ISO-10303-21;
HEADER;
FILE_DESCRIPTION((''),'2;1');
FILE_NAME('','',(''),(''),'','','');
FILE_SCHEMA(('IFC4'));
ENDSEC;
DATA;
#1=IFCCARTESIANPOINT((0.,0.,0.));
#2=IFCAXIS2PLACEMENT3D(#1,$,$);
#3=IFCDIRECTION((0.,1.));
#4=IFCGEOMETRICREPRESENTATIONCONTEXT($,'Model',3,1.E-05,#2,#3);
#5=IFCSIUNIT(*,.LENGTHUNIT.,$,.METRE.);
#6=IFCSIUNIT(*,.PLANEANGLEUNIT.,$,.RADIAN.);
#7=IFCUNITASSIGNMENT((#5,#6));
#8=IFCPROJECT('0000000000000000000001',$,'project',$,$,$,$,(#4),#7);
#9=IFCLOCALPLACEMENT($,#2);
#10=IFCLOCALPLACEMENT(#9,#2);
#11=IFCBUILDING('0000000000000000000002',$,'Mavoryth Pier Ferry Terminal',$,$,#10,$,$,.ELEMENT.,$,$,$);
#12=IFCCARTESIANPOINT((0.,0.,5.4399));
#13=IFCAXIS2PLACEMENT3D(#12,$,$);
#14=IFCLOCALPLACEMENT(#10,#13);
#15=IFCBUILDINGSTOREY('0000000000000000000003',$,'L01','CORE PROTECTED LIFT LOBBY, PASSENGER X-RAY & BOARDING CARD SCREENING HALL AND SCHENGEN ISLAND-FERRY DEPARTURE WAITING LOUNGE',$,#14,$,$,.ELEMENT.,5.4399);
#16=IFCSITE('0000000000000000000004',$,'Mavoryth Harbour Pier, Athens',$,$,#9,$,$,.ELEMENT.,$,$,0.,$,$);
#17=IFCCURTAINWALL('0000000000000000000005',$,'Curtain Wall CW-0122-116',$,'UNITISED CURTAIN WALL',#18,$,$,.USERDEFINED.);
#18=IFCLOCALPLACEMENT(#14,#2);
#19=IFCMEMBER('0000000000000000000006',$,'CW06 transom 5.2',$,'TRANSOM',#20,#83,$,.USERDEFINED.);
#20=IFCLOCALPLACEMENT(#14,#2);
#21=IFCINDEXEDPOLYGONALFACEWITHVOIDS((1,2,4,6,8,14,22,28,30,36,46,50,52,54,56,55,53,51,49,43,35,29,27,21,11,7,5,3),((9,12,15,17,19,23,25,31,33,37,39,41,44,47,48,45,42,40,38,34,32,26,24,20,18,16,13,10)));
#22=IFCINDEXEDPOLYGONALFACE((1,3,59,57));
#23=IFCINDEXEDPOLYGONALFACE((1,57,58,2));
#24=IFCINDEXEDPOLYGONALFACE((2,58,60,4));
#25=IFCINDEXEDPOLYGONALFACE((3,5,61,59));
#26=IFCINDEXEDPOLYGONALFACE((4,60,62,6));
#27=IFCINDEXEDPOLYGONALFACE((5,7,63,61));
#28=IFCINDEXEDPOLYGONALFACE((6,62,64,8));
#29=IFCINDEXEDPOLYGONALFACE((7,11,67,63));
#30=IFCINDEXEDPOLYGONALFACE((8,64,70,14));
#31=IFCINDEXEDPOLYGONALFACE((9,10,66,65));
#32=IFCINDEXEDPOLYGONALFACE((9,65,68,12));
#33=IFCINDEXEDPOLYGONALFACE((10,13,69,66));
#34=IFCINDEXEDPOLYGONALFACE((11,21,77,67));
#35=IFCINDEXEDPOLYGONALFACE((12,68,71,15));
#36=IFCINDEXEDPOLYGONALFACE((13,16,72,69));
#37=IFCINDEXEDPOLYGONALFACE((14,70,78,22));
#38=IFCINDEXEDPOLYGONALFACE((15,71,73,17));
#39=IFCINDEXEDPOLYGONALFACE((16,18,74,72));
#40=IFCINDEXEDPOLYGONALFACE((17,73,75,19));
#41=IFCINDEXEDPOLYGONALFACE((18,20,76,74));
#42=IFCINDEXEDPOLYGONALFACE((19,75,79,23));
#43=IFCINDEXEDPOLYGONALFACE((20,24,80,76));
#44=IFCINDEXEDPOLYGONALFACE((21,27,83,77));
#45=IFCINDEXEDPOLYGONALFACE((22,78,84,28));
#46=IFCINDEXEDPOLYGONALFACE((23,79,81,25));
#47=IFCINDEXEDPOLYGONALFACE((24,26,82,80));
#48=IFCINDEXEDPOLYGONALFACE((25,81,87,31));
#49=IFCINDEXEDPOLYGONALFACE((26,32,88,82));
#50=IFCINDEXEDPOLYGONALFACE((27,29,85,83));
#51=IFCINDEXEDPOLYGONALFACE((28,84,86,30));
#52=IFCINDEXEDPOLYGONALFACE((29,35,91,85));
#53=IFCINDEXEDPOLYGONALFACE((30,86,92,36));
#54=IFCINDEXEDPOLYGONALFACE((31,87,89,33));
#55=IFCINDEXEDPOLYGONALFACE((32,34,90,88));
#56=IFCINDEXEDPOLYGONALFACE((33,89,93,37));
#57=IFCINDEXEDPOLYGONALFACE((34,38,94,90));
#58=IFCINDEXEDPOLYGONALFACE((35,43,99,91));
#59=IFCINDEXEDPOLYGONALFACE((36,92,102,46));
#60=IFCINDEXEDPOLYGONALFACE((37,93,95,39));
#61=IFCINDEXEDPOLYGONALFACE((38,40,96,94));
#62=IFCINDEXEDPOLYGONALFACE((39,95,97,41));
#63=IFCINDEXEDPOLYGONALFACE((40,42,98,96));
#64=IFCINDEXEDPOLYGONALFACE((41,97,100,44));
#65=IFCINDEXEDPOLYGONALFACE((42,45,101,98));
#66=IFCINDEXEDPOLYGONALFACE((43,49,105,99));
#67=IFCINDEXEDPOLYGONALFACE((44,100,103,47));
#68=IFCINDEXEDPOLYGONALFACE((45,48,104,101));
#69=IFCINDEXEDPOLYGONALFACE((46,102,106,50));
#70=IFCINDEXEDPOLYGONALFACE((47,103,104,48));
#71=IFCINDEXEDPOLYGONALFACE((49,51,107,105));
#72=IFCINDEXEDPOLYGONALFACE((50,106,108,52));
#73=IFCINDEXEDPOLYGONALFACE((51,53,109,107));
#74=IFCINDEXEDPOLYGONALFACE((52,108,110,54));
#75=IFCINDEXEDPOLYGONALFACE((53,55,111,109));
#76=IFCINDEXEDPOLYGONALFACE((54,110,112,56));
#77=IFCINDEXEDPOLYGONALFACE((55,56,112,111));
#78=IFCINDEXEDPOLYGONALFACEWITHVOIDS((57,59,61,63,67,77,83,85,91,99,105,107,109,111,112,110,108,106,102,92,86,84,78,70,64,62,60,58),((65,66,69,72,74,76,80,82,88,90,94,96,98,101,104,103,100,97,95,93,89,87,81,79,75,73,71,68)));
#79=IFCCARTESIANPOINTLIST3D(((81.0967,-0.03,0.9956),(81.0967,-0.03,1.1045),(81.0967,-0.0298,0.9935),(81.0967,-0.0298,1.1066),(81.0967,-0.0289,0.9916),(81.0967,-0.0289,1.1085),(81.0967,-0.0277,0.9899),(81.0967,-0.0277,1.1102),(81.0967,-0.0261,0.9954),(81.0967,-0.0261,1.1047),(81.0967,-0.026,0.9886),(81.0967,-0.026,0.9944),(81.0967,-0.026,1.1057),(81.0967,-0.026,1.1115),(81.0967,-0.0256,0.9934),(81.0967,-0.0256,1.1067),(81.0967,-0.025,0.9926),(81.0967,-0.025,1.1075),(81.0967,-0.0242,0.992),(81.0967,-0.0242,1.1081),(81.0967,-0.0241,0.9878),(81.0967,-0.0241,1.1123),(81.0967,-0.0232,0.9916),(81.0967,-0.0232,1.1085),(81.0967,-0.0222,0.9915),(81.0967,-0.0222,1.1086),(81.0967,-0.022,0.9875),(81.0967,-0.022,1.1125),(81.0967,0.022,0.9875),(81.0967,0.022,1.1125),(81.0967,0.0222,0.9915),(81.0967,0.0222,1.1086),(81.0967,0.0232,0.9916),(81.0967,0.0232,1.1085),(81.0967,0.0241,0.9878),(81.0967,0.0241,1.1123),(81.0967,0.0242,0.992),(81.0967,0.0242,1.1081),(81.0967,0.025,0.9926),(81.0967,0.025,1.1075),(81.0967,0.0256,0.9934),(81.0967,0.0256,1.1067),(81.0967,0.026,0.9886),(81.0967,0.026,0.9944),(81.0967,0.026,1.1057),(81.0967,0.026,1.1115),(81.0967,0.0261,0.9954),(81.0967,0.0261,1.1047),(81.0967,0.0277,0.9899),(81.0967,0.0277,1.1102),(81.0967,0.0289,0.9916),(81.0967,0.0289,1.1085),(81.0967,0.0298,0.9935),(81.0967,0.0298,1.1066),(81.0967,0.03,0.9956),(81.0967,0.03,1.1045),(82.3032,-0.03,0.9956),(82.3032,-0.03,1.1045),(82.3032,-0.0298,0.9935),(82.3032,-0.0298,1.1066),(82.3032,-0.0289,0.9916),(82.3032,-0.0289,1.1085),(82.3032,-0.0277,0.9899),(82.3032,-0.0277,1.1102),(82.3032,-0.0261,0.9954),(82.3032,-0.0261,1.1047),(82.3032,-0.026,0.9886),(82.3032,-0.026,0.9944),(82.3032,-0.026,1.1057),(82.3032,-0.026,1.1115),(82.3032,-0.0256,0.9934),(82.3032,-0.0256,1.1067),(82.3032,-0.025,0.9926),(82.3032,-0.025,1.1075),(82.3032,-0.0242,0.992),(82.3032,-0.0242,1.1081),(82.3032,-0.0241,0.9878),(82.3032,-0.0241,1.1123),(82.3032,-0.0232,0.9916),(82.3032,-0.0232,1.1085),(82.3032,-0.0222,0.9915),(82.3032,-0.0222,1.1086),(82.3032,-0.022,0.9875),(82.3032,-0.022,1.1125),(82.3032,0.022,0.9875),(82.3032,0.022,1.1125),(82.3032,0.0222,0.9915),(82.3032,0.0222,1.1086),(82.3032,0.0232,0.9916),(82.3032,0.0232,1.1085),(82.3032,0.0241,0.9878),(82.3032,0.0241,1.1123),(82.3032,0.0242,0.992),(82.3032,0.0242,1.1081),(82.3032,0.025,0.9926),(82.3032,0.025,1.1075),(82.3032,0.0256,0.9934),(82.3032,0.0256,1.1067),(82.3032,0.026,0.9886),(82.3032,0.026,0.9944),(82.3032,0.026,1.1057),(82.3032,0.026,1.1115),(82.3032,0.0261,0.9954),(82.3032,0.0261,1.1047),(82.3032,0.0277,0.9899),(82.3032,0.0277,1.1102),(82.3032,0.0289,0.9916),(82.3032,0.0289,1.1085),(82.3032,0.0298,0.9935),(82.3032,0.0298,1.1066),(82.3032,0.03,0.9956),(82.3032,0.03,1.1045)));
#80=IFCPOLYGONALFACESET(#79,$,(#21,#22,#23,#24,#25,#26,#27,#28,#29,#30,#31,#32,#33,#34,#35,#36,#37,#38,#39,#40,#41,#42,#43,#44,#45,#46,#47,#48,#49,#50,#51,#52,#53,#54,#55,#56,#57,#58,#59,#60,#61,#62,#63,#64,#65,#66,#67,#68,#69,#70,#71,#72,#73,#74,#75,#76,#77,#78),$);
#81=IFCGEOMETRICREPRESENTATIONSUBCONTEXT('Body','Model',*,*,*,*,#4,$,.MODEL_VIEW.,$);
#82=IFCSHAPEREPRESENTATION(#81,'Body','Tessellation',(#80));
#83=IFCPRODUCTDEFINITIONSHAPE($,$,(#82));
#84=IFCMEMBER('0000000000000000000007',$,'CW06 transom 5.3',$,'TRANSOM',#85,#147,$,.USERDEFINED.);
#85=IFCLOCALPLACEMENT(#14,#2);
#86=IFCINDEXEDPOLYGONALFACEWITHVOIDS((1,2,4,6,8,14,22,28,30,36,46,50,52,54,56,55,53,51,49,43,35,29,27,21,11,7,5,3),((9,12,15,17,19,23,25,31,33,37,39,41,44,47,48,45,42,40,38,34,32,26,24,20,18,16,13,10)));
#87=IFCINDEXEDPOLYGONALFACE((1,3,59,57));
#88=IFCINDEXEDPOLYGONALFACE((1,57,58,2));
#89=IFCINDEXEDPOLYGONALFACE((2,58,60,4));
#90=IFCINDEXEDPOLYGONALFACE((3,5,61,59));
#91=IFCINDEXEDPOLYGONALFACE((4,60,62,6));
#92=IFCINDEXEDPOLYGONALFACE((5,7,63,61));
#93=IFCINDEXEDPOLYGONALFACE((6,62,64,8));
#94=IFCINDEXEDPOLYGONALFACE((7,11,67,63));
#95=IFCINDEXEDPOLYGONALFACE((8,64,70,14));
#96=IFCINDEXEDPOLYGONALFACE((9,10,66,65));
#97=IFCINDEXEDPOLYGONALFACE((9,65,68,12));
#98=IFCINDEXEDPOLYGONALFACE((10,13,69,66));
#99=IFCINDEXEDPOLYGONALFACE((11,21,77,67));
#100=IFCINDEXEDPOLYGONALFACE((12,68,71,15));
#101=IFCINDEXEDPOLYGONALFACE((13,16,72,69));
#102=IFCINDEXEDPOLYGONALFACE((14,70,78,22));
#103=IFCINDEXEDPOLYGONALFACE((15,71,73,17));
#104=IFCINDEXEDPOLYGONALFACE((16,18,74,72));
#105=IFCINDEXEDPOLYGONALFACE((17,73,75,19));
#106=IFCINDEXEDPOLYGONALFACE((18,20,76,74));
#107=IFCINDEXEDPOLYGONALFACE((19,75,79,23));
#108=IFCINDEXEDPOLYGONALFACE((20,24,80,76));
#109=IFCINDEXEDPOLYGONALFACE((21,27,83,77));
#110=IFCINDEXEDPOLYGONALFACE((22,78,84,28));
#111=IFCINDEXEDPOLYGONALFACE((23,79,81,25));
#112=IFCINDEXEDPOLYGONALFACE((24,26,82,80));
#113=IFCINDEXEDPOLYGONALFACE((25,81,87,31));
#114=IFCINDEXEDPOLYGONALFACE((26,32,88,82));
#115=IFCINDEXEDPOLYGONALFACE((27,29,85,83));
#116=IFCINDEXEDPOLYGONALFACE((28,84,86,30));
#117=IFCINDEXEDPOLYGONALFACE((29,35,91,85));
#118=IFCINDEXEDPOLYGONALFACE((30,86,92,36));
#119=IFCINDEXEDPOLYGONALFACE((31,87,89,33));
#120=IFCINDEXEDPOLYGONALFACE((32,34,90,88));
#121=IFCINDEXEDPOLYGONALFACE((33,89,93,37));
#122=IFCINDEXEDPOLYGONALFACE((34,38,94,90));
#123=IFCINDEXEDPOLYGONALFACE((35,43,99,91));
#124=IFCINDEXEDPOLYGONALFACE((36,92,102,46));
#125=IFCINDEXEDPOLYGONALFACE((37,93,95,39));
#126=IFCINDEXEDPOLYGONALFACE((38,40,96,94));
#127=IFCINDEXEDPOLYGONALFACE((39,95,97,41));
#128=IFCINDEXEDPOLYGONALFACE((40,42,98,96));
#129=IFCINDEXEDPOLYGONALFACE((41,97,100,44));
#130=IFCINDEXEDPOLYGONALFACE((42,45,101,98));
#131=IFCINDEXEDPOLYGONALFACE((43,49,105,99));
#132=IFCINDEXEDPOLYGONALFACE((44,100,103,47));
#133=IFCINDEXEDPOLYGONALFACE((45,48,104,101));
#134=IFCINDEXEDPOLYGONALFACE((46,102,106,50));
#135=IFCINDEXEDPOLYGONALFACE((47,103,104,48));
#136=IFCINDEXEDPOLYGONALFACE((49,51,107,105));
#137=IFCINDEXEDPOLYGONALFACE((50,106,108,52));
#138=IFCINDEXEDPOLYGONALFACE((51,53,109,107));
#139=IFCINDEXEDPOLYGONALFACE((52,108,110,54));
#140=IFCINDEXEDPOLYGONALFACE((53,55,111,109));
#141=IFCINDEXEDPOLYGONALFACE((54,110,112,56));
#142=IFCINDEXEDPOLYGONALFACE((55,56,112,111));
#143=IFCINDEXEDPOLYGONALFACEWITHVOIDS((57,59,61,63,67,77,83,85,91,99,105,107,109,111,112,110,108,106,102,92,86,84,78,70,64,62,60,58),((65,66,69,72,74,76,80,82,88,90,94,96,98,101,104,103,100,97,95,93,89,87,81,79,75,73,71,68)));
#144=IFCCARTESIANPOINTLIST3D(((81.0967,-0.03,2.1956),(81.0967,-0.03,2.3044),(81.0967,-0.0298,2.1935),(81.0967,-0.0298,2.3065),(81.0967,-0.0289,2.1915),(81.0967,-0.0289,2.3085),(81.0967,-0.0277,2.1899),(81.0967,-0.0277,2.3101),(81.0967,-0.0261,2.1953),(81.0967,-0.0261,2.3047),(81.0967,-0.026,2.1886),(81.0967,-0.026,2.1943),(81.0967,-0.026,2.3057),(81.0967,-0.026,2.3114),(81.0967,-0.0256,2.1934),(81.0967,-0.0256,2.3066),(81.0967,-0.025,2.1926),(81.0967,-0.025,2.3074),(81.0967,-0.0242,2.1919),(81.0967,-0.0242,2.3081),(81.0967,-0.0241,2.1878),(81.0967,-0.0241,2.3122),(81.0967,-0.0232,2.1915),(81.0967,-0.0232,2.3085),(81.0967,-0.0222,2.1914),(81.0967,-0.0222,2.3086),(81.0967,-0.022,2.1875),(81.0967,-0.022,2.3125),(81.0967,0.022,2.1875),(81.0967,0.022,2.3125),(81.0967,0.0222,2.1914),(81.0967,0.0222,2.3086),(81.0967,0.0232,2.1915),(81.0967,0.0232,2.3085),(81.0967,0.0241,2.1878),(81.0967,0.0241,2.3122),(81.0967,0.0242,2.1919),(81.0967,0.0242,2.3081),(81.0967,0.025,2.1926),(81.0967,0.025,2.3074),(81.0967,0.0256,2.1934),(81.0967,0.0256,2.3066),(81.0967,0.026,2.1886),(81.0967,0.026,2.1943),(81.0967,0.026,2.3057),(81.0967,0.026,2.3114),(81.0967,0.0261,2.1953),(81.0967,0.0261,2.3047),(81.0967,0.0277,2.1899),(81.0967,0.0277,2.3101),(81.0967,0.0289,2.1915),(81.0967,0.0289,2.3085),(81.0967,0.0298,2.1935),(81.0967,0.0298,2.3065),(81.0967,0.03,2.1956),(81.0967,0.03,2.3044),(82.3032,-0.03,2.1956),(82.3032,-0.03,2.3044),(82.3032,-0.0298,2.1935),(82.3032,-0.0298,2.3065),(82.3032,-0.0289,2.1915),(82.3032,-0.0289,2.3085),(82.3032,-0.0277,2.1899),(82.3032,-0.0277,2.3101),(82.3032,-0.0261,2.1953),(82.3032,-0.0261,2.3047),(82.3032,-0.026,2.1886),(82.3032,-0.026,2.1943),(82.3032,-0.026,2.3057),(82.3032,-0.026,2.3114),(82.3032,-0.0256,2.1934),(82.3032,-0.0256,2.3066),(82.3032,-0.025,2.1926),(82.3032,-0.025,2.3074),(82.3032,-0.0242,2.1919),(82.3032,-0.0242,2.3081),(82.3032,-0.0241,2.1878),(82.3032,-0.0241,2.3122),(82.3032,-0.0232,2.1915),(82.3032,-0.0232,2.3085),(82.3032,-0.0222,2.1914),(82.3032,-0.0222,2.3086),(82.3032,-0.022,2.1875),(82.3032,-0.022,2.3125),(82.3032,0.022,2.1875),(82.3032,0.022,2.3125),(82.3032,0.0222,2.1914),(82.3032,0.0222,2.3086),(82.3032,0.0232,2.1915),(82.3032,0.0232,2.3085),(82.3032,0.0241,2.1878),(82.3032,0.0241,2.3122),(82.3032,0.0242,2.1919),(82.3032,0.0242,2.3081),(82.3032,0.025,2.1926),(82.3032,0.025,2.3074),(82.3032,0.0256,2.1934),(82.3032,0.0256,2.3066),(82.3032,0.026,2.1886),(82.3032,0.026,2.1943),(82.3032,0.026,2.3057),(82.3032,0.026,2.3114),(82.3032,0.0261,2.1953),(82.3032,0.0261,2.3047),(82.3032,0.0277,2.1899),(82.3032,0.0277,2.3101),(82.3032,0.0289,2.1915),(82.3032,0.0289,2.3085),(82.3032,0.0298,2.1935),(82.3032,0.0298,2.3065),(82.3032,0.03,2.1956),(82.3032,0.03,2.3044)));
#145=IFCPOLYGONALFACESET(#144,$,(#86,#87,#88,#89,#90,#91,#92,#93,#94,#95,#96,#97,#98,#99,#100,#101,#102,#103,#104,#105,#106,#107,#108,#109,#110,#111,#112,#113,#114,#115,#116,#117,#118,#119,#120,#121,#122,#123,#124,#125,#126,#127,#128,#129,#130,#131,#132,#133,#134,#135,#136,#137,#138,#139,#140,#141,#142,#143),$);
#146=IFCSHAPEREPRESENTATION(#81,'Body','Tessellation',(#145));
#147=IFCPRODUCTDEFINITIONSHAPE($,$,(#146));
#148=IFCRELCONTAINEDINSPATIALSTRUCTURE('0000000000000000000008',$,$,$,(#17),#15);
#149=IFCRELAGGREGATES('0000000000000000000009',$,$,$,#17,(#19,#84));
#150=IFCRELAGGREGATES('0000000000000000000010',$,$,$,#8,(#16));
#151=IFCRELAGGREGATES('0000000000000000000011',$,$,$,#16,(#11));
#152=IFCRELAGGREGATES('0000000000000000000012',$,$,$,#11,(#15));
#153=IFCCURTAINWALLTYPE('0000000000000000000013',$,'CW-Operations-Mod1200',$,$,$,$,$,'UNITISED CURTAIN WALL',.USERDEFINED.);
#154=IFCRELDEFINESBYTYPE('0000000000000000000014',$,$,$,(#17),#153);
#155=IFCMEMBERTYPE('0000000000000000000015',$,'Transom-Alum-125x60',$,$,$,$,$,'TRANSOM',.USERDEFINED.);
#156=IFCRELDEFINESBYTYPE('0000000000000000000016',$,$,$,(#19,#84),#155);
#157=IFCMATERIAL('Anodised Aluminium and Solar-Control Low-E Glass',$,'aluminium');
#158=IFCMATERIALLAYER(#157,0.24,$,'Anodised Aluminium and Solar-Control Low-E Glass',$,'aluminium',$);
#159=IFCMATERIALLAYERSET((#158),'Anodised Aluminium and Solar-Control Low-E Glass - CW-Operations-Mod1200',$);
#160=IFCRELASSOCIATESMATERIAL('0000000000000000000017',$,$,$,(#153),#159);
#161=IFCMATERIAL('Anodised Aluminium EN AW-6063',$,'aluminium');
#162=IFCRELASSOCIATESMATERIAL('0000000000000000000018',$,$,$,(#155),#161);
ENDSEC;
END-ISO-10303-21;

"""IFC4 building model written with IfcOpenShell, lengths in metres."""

from ifc_helpers import new_model, si_unit, direction, frame, origin, origin_2d, place, context, subcontext, project, spatial, hollow_rectangle, extrude, material, layer, layer_set, material_profile, profile_set, type_object, element, aggregate, save


model = new_model("IFC4")

# Units and contexts
model_context = context("Model", 3, precision=1e-05, world=origin(), true_north=direction((0.0, 1.0)))
body_context = subcontext(model_context, "Body", "Model", "MODEL_VIEW")
ifc_project = project(units=[si_unit("LENGTHUNIT", "METRE"), si_unit("PLANEANGLEUNIT", "RADIAN")], contexts=[model_context])

# Site, building, storey
site_placement = place(None, origin())
site = spatial("IfcSite", under=ifc_project, at=site_placement, Name="Mavoryth Harbour Pier, Athens", CompositionType="ELEMENT", RefElevation=0.0)
building_placement = place(site_placement, origin())
building = spatial("IfcBuilding", under=site, at=building_placement, Name="Mavoryth Pier Ferry Terminal", CompositionType="ELEMENT")
storey_placement = place(building_placement, frame((0.0, 0.0, 5.4399)))
storey = spatial("IfcBuildingStorey", under=building, at=storey_placement, Name="L01", Description="CORE PROTECTED LIFT LOBBY, PASSENGER X-RAY & BOARDING CARD SCREENING HALL AND SCHENGEN ISLAND-FERRY DEPARTURE WAITING LOUNGE", CompositionType="ELEMENT", Elevation=5.4399)

# Curtain wall, members
ifc_material_1 = material(Name="Anodised Aluminium and Solar-Control Low-E Glass", Category="aluminium")
ifc_layer_1 = layer(ifc_material_1, 0.24, Name="Anodised Aluminium and Solar-Control Low-E Glass", Category="aluminium")
ifc_layer_set_1 = layer_set([ifc_layer_1], Name="Anodised Aluminium and Solar-Control Low-E Glass - CW-Operations-Mod1200")
curtain_wall_type = type_object("IfcCurtainWallType", Name="CW-Operations-Mod1200", ElementType="UNITISED CURTAIN WALL", PredefinedType="USERDEFINED", material=ifc_layer_set_1)
curtain_wall_placement = place(storey_placement, origin())
curtain_wall = element("IfcCurtainWall", 1, at=curtain_wall_placement, inside=storey, type_object=curtain_wall_type, Name="Curtain Wall CW-0122-116", ObjectType="UNITISED CURTAIN WALL", PredefinedType="USERDEFINED")
ifc_material_2 = material(Name="Anodised Aluminium EN AW-6063", Category="aluminium")
ifc_material_profile_1 = material_profile(ifc_material_2, hollow_rectangle(XDim=0.0601, YDim=0.125, WallThickness=0.0039, InnerFilletRadius=0.0039, OuterFilletRadius=0.0081, at=origin_2d()), Name="AL-TRAN 125x60x4", Category="aluminium")
ifc_profile_set_1 = profile_set([ifc_material_profile_1], Name="Anodised Aluminium EN AW-6063 - AL-TRAN 125x60x4")
member_type_1 = type_object("IfcMemberType", Name="Transom-Alum-125x60", ElementType="TRANSOM", PredefinedType="USERDEFINED", material=ifc_profile_set_1)
member_1_placement = place(storey_placement, frame((81.0967, 0.0, 1.05), z_axis=(1.0, 0.0, 0.0), x_axis=(0.0, 1.0, 0.0)))
member_1 = element("IfcMember", 2, at=member_1_placement, type_object=member_type_1, Name="CW06 transom 5.2", ObjectType="TRANSOM", PredefinedType="USERDEFINED", context=body_context, shape_type="SweptSolid", body=[
    extrude(hollow_rectangle(XDim=0.0601, YDim=0.125, WallThickness=0.0039, InnerFilletRadius=0.0039, OuterFilletRadius=0.0081, at=origin_2d()), origin(), (0.0, 0.0, 1.0), 1.2065),
])
member_2_placement = place(storey_placement, frame((81.0967, 0.0, 2.25), z_axis=(1.0, 0.0, 0.0), x_axis=(0.0, 1.0, 0.0)))
member_2 = element("IfcMember", 3, at=member_2_placement, type_object=member_type_1, Name="CW06 transom 5.3", ObjectType="TRANSOM", PredefinedType="USERDEFINED", context=body_context, shape_type="SweptSolid", body=[
    extrude(hollow_rectangle(XDim=0.0601, YDim=0.125, WallThickness=0.0039, InnerFilletRadius=0.0039, OuterFilletRadius=0.0081, at=origin_2d()), origin(), (0.0, 0.0, 1.0), 1.2065),
])
aggregate(curtain_wall, [member_1, member_2])

save(model, "model.ifc")
